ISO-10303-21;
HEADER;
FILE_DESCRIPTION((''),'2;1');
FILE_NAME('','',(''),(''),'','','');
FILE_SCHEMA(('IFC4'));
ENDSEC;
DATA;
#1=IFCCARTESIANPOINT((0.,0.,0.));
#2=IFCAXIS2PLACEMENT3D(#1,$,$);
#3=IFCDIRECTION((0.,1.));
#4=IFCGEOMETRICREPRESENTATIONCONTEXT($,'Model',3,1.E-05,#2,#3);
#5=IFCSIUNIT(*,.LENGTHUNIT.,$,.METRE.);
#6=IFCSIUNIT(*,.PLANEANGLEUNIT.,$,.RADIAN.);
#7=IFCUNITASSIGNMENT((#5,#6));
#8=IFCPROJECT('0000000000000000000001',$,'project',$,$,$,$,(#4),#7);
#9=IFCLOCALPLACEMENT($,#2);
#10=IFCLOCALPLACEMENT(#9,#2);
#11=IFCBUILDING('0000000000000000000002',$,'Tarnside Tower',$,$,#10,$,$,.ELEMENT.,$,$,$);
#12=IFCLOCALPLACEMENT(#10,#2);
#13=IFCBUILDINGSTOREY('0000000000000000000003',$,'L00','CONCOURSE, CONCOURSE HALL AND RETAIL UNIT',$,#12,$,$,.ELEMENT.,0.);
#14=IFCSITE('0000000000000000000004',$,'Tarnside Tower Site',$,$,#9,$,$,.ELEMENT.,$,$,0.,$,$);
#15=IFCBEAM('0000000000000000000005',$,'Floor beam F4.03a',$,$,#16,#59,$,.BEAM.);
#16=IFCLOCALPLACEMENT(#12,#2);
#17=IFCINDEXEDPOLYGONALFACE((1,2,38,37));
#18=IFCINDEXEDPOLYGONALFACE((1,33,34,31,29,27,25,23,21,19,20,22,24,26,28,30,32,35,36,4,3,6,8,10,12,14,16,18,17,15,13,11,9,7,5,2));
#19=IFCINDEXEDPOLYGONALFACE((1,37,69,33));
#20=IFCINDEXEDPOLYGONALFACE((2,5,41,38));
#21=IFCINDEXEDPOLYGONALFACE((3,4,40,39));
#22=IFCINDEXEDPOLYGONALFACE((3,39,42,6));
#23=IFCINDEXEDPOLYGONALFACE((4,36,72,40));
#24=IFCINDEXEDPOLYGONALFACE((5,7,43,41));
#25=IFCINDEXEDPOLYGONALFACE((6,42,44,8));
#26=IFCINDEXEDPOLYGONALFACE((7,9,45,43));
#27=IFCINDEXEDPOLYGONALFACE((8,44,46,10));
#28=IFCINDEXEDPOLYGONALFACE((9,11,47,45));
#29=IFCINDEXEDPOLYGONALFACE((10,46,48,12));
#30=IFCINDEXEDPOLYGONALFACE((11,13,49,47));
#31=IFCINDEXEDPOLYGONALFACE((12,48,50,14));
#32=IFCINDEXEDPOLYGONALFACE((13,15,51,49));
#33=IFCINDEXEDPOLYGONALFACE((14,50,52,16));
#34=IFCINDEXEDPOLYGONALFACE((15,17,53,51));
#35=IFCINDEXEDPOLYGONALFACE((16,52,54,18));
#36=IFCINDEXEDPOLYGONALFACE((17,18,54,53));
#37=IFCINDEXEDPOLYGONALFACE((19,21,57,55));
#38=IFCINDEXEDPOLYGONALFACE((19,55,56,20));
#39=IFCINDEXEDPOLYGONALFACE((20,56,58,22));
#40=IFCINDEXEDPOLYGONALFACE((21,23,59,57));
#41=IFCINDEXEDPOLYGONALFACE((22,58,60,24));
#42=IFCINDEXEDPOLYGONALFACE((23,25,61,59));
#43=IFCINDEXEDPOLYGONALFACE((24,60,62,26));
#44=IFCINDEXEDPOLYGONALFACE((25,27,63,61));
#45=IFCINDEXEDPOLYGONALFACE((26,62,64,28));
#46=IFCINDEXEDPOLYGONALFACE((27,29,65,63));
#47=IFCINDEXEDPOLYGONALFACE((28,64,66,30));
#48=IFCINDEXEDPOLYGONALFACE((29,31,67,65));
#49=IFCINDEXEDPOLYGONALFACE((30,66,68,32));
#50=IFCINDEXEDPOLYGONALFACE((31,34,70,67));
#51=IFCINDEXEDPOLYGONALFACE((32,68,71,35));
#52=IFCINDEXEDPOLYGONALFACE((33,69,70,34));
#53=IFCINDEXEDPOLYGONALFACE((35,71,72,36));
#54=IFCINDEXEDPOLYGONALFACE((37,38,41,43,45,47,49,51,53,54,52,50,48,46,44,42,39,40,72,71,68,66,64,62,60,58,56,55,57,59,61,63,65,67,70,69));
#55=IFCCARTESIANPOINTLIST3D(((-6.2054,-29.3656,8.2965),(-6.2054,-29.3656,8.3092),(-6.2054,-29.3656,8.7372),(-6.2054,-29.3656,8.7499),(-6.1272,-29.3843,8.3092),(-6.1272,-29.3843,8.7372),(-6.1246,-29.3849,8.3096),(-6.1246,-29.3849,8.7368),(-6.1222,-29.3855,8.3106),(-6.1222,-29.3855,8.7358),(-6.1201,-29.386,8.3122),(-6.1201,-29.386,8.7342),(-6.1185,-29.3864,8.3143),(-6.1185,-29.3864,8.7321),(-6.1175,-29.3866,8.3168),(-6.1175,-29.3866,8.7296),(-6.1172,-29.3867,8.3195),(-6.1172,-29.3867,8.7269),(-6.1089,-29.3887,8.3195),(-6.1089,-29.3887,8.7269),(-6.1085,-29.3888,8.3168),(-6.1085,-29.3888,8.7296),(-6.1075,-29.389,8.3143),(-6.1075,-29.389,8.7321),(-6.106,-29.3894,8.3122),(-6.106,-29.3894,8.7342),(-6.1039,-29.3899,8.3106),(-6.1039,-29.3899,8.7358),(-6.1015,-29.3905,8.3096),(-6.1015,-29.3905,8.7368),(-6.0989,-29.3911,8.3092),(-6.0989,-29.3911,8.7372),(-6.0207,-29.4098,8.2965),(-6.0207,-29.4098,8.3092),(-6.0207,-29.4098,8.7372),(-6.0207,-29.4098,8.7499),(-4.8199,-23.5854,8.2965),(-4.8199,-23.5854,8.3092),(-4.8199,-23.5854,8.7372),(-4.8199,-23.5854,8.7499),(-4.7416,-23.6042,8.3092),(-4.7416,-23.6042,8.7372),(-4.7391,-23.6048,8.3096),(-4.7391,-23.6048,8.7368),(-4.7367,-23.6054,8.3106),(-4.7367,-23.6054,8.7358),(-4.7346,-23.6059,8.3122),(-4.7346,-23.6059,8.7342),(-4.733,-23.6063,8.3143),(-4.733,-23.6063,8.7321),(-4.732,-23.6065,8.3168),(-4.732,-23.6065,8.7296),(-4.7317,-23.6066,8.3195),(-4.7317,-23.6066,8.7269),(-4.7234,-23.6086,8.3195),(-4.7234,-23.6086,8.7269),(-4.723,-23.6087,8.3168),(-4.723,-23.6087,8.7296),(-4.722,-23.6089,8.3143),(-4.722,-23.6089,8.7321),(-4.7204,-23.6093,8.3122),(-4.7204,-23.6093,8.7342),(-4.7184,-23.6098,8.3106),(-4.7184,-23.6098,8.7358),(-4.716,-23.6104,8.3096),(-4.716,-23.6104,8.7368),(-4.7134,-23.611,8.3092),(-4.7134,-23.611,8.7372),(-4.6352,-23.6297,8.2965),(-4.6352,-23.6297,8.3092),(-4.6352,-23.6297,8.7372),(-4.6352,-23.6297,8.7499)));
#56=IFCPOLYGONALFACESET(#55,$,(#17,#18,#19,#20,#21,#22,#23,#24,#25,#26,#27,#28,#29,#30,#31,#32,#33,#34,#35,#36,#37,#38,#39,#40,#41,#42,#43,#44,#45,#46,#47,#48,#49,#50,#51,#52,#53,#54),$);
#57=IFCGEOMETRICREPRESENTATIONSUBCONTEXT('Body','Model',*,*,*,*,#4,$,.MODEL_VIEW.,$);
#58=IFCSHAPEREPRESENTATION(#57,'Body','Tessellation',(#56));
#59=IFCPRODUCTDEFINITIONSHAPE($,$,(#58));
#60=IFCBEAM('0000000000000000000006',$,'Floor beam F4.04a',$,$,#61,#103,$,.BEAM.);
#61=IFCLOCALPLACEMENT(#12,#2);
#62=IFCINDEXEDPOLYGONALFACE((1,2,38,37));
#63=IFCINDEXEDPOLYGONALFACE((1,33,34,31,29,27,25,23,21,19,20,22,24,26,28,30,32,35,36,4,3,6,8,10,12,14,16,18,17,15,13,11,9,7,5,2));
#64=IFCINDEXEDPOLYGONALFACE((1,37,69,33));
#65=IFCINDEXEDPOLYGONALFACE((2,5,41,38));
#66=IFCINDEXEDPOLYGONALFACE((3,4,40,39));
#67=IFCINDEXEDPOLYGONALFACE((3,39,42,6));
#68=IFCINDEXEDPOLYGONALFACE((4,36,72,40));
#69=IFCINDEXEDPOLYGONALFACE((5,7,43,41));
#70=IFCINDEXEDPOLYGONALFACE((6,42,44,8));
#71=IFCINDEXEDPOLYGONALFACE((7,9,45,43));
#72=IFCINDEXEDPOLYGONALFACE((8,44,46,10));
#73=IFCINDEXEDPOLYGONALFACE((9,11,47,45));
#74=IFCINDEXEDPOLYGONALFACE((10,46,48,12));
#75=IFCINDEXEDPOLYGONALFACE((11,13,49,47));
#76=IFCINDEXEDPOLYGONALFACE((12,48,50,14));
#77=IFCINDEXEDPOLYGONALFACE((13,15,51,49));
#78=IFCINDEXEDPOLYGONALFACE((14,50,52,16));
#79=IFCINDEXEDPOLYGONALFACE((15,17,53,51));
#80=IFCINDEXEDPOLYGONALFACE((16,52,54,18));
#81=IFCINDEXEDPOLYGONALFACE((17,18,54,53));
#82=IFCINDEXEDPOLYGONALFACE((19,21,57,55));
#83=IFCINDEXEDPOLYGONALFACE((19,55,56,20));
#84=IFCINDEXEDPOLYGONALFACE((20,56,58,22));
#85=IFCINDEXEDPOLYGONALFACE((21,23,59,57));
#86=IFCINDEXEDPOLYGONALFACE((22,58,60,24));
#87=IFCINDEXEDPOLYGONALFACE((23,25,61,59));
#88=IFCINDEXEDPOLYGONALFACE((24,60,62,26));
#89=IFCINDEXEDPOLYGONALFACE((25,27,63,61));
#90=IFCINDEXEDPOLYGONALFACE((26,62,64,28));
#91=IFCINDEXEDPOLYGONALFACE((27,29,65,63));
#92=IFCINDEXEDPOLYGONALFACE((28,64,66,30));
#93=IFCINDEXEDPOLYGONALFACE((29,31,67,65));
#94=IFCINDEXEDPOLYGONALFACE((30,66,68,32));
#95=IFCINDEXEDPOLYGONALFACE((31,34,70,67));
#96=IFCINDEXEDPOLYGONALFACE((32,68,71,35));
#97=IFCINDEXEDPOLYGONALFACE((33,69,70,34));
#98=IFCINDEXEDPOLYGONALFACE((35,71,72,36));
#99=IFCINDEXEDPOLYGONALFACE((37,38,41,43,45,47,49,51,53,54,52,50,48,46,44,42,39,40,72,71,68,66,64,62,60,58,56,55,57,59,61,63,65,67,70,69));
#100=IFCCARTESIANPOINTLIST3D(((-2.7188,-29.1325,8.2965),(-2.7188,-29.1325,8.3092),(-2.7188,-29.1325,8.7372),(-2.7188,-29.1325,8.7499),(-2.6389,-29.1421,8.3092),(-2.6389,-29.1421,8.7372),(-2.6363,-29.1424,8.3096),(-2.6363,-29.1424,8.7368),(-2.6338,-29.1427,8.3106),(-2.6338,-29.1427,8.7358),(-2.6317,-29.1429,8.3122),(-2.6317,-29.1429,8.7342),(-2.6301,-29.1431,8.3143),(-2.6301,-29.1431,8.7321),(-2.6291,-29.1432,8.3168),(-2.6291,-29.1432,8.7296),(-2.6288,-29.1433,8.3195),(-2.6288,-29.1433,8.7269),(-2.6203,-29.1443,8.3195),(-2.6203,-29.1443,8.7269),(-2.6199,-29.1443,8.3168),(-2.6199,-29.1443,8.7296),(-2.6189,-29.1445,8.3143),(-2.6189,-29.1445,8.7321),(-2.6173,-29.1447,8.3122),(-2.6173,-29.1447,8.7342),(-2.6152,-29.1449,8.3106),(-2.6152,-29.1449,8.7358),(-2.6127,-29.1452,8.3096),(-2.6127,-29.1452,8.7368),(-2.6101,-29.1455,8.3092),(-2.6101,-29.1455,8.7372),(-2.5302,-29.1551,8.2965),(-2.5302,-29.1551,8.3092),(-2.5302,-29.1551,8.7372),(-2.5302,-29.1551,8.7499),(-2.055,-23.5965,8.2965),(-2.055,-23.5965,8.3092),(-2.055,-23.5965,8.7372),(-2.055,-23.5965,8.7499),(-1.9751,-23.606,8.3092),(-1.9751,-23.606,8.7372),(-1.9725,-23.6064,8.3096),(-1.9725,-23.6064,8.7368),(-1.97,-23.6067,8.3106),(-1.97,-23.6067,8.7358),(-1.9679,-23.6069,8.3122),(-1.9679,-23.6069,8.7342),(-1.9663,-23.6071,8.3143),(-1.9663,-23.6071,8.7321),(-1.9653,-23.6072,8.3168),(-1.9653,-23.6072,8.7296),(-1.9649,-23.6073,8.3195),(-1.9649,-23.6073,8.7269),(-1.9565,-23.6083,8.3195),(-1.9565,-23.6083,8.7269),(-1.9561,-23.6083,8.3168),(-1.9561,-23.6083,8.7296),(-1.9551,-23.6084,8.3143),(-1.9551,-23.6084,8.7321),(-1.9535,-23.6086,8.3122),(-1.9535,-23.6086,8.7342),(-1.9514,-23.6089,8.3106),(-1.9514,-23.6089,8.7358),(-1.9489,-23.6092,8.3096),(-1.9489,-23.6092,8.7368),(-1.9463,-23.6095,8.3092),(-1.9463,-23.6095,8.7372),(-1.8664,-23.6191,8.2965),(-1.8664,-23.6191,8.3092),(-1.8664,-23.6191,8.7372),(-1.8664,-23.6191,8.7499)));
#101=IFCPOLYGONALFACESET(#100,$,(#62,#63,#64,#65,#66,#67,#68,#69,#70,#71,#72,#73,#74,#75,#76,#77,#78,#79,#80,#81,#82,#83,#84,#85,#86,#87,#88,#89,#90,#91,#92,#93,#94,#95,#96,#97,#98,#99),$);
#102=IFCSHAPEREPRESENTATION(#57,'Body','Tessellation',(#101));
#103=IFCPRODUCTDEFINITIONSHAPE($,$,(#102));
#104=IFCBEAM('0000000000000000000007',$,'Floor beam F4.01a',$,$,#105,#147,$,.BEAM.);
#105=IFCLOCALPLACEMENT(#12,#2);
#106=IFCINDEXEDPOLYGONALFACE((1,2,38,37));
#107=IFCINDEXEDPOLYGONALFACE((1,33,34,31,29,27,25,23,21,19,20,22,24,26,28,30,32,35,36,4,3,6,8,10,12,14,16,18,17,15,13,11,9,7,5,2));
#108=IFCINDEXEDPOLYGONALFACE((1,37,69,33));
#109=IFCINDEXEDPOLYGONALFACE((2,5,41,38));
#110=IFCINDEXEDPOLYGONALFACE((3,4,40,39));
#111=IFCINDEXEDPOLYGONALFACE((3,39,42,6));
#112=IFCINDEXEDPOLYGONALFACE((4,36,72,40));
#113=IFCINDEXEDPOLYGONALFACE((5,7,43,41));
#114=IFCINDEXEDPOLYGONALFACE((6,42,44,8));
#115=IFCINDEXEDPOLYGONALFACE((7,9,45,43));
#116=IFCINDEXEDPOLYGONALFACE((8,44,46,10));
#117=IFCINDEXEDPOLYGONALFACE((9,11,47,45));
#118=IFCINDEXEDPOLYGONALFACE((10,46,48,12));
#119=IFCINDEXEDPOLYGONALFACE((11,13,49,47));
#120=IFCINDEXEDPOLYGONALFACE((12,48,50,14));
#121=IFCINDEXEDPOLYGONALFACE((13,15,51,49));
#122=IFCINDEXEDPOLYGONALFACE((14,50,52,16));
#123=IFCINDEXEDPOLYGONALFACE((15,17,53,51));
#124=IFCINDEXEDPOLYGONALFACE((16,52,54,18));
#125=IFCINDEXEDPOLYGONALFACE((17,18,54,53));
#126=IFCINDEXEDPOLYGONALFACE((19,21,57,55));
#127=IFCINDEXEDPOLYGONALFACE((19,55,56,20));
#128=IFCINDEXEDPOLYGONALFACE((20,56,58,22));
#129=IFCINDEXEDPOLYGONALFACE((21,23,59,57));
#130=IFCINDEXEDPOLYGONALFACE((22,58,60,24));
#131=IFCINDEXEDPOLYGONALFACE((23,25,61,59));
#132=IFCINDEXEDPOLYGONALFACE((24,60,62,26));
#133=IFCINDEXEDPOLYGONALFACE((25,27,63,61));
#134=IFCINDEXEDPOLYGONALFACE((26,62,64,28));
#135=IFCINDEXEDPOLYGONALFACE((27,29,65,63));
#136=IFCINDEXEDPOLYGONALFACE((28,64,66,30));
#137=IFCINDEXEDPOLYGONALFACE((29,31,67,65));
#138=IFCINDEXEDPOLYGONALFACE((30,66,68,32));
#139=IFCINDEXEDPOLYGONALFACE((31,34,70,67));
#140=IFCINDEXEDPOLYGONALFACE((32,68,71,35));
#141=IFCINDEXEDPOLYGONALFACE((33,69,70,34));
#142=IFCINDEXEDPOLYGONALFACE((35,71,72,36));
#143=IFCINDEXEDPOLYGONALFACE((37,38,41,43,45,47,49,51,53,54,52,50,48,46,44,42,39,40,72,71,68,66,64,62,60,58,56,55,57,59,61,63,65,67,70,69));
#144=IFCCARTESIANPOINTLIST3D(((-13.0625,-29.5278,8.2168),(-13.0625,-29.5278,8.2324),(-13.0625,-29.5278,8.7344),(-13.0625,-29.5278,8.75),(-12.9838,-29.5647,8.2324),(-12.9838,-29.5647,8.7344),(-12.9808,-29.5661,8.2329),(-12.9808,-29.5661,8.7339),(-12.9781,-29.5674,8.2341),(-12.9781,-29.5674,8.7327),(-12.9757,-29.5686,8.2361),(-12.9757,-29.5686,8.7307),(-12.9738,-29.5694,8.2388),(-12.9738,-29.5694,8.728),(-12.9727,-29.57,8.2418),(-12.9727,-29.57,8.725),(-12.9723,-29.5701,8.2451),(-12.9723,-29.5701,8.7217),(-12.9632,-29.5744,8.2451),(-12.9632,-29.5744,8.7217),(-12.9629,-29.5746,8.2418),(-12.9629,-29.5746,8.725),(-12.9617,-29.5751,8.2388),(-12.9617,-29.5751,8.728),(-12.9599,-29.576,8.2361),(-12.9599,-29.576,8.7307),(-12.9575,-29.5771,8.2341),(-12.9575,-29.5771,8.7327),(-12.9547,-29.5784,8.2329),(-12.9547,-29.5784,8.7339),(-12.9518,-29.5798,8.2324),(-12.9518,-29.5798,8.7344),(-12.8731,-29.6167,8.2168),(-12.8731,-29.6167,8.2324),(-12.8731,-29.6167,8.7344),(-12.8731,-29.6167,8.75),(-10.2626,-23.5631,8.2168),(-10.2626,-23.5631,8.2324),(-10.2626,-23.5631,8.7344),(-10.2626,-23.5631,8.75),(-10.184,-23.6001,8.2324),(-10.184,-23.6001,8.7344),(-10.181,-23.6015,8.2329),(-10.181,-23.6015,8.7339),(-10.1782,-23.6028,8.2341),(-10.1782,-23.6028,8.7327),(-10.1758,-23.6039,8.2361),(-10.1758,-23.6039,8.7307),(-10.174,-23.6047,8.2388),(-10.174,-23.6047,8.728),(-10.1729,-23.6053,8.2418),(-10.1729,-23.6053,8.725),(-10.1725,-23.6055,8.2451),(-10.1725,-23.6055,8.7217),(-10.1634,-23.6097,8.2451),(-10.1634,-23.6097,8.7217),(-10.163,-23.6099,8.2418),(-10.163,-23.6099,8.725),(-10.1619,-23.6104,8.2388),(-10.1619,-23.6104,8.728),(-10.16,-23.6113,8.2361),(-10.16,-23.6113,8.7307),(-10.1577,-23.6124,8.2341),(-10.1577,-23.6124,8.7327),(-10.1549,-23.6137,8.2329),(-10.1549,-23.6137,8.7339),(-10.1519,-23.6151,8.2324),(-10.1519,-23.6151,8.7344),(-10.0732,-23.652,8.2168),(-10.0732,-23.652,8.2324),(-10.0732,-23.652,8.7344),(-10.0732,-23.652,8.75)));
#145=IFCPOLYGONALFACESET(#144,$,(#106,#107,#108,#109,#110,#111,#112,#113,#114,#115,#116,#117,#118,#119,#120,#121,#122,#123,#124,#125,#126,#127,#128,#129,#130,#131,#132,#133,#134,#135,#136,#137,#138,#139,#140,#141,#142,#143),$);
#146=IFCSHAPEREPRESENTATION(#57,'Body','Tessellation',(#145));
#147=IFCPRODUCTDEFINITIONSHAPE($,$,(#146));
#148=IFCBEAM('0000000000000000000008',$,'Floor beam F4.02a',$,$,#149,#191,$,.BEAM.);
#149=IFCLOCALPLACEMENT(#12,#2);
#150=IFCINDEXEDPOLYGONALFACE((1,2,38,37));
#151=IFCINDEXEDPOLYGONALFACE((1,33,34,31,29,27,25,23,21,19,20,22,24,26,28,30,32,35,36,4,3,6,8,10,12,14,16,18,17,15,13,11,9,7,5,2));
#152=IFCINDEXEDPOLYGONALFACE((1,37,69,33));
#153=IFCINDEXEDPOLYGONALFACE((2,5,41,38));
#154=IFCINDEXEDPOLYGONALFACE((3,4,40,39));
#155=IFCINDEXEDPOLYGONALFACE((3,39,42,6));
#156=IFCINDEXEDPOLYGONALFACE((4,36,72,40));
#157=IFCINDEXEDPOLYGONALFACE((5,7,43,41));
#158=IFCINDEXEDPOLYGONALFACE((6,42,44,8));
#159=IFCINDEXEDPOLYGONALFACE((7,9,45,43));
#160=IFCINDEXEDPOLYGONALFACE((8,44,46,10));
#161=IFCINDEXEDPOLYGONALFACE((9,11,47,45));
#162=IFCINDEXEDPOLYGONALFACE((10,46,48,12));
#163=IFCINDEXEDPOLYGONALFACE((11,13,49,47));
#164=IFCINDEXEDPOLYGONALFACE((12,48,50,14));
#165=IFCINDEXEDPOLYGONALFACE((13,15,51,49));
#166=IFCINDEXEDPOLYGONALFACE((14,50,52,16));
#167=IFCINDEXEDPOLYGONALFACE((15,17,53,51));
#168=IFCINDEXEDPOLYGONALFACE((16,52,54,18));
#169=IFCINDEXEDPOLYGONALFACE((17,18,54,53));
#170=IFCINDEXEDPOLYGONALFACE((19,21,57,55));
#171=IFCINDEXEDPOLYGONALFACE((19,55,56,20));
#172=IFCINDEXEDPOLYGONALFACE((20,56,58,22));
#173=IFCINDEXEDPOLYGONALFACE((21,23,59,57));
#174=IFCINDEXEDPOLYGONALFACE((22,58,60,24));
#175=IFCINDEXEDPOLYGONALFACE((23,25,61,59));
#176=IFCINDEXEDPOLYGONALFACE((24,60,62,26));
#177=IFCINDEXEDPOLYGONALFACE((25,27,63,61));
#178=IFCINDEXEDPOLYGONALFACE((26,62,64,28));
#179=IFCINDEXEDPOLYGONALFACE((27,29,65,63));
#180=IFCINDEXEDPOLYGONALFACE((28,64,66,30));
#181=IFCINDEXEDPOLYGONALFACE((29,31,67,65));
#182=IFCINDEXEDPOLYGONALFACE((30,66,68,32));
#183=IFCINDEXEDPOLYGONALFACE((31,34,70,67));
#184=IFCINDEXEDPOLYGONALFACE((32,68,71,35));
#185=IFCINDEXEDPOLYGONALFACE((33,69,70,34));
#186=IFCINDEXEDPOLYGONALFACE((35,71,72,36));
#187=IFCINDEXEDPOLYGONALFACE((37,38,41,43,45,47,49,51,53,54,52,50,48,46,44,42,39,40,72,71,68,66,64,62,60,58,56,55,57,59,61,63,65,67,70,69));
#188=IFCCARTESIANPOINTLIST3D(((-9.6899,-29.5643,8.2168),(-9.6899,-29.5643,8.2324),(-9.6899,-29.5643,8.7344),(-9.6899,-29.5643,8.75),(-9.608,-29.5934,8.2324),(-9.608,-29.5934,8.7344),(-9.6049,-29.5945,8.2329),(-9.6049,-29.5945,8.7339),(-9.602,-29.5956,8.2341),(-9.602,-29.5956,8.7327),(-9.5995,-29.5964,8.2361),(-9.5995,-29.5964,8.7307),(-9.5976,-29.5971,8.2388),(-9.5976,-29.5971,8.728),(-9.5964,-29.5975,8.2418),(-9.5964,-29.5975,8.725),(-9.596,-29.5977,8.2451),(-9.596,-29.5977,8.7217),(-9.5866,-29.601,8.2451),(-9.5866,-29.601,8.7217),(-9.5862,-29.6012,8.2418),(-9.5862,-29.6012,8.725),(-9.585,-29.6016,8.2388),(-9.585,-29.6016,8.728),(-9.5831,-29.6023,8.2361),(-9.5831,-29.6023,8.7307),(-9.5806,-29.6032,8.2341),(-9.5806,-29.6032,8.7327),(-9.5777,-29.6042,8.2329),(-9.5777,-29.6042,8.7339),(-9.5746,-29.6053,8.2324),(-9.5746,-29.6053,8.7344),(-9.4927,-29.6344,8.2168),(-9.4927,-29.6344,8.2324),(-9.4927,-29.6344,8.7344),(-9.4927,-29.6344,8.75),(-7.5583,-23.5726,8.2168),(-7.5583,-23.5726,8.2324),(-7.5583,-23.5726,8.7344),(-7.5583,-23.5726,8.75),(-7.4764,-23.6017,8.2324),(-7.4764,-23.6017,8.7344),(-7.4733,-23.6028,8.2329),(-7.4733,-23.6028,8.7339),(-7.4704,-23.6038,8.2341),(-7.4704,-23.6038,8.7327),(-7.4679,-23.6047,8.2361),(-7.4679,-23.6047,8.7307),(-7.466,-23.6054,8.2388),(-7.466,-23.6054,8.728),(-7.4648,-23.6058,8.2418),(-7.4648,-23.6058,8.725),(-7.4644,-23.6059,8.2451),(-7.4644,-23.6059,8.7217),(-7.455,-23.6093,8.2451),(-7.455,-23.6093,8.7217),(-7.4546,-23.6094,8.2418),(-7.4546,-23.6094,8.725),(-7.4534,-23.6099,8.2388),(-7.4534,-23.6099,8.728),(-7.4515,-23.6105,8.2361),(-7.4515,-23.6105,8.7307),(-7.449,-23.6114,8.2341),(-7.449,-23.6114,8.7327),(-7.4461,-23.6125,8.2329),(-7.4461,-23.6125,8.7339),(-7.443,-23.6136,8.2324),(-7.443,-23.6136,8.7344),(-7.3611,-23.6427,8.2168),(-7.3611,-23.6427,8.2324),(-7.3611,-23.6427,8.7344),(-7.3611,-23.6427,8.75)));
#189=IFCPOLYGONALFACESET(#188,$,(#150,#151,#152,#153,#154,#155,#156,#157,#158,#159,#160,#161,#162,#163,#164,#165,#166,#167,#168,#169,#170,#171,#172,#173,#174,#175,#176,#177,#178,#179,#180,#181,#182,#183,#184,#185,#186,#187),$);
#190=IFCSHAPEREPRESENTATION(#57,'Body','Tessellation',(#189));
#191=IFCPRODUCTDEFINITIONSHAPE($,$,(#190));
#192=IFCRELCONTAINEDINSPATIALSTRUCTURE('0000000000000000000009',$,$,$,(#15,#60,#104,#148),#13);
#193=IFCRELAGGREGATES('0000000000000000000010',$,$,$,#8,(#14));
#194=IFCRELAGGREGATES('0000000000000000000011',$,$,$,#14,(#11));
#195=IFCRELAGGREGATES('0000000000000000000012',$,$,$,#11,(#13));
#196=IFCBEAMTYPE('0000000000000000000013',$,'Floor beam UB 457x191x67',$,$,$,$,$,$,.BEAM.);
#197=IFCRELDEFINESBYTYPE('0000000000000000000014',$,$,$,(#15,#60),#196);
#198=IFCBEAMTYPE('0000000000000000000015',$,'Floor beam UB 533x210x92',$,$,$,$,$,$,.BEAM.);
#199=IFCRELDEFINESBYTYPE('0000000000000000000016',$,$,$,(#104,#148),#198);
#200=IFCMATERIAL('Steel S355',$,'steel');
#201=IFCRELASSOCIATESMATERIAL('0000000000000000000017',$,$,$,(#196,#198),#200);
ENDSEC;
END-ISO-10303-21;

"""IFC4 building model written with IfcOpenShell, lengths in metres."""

from ifc_helpers import new_model, si_unit, direction, frame, origin, origin_2d, place, context, subcontext, project, spatial, i_section, extrude, material, material_profile, profile_set, type_object, element, save


model = new_model("IFC4")

# Units and contexts
model_context = context("Model", 3, precision=1e-05, world=origin(), true_north=direction((0.0, 1.0)))
body_context = subcontext(model_context, "Body", "Model", "MODEL_VIEW")
ifc_project = project(units=[si_unit("LENGTHUNIT", "METRE"), si_unit("PLANEANGLEUNIT", "RADIAN")], contexts=[model_context])

# Site, building, storey
site_placement = place(None, origin())
site = spatial("IfcSite", under=ifc_project, at=site_placement, Name="Tarnside Tower Site", CompositionType="ELEMENT", RefElevation=0.0)
building_placement = place(site_placement, origin())
building = spatial("IfcBuilding", under=site, at=building_placement, Name="Tarnside Tower", CompositionType="ELEMENT")
storey_placement = place(building_placement, origin())
storey = spatial("IfcBuildingStorey", under=building, at=storey_placement, Name="L00", Description="CONCOURSE, CONCOURSE HALL AND RETAIL UNIT", CompositionType="ELEMENT", Elevation=0.0)

# Beams
ifc_material_1 = material(Name="Steel S355", Category="steel")
ifc_material_profile_1 = material_profile(ifc_material_1, i_section(OverallWidth=0.1899, OverallDepth=0.4534, WebThickness=0.0085, FlangeThickness=0.0127, FilletRadius=0.0103, at=origin_2d()), Name="UB 457x191x67")
ifc_profile_set_1 = profile_set([ifc_material_profile_1], Name="Steel S355")
beam_type_1 = type_object("IfcBeamType", Name="Floor beam UB 457x191x67", PredefinedType="BEAM", material=ifc_profile_set_1)
beam_1_placement = place(storey_placement, frame((-6.113, -29.3877, 8.5232), z_axis=(0.233101, 0.972453, 0.0), x_axis=(-0.972453, 0.233101, 0.0)))
element("IfcBeam", 1, at=beam_1_placement, inside=storey, type_object=beam_type_1, Name="Floor beam F4.03a", PredefinedType="BEAM", context=body_context, shape_type="SweptSolid", body=[
    extrude(i_section(OverallWidth=0.1899, OverallDepth=0.4534, WebThickness=0.0085, FlangeThickness=0.0127, FilletRadius=0.0103, at=origin_2d()), origin(), (0.0, 0.0, 1.0), 5.9438),
])
beam_2_placement = place(storey_placement, frame((-2.6245, -29.1438, 8.5232), z_axis=(0.119054, 0.992888, 0.0), x_axis=(-0.992888, 0.119054, 0.0)))
element("IfcBeam", 2, at=beam_2_placement, inside=storey, type_object=beam_type_1, Name="Floor beam F4.04a", PredefinedType="BEAM", context=body_context, shape_type="SweptSolid", body=[
    extrude(i_section(OverallWidth=0.1899, OverallDepth=0.4534, WebThickness=0.0085, FlangeThickness=0.0127, FilletRadius=0.0103, at=origin_2d()), origin(), (0.0, 0.0, 1.0), 5.5757),
])
ifc_material_profile_2 = material_profile(ifc_material_1, i_section(OverallWidth=0.2092, OverallDepth=0.5332, WebThickness=0.01, FlangeThickness=0.0156, FilletRadius=0.0127, at=origin_2d()), Name="UB 533x210x92")
ifc_profile_set_2 = profile_set([ifc_material_profile_2], Name="Steel S355")
beam_type_2 = type_object("IfcBeamType", Name="Floor beam UB 533x210x92", PredefinedType="BEAM", material=ifc_profile_set_2)
beam_3_placement = place(storey_placement, frame((-12.9678, -29.5723, 8.4834), z_axis=(0.424919, 0.905231, 0.0), x_axis=(-0.905231, 0.424919, 0.0)))
element("IfcBeam", 3, at=beam_3_placement, inside=storey, type_object=beam_type_2, Name="Floor beam F4.01a", PredefinedType="BEAM", context=body_context, shape_type="SweptSolid", body=[
    extrude(i_section(OverallWidth=0.2092, OverallDepth=0.5332, WebThickness=0.01, FlangeThickness=0.0156, FilletRadius=0.0127, at=origin_2d()), origin(), (0.0, 0.0, 1.0), 6.5891),
])
beam_4_placement = place(storey_placement, frame((-9.5913, -29.5994, 8.4834), z_axis=(0.335179, 0.942155, 0.0), x_axis=(-0.942155, 0.335179, 0.0)))
element("IfcBeam", 4, at=beam_4_placement, inside=storey, type_object=beam_type_2, Name="Floor beam F4.02a", PredefinedType="BEAM", context=body_context, shape_type="SweptSolid", body=[
    extrude(i_section(OverallWidth=0.2092, OverallDepth=0.5332, WebThickness=0.01, FlangeThickness=0.0156, FilletRadius=0.0127, at=origin_2d()), origin(), (0.0, 0.0, 1.0), 6.3596),
])

save(model, "model.ifc")
